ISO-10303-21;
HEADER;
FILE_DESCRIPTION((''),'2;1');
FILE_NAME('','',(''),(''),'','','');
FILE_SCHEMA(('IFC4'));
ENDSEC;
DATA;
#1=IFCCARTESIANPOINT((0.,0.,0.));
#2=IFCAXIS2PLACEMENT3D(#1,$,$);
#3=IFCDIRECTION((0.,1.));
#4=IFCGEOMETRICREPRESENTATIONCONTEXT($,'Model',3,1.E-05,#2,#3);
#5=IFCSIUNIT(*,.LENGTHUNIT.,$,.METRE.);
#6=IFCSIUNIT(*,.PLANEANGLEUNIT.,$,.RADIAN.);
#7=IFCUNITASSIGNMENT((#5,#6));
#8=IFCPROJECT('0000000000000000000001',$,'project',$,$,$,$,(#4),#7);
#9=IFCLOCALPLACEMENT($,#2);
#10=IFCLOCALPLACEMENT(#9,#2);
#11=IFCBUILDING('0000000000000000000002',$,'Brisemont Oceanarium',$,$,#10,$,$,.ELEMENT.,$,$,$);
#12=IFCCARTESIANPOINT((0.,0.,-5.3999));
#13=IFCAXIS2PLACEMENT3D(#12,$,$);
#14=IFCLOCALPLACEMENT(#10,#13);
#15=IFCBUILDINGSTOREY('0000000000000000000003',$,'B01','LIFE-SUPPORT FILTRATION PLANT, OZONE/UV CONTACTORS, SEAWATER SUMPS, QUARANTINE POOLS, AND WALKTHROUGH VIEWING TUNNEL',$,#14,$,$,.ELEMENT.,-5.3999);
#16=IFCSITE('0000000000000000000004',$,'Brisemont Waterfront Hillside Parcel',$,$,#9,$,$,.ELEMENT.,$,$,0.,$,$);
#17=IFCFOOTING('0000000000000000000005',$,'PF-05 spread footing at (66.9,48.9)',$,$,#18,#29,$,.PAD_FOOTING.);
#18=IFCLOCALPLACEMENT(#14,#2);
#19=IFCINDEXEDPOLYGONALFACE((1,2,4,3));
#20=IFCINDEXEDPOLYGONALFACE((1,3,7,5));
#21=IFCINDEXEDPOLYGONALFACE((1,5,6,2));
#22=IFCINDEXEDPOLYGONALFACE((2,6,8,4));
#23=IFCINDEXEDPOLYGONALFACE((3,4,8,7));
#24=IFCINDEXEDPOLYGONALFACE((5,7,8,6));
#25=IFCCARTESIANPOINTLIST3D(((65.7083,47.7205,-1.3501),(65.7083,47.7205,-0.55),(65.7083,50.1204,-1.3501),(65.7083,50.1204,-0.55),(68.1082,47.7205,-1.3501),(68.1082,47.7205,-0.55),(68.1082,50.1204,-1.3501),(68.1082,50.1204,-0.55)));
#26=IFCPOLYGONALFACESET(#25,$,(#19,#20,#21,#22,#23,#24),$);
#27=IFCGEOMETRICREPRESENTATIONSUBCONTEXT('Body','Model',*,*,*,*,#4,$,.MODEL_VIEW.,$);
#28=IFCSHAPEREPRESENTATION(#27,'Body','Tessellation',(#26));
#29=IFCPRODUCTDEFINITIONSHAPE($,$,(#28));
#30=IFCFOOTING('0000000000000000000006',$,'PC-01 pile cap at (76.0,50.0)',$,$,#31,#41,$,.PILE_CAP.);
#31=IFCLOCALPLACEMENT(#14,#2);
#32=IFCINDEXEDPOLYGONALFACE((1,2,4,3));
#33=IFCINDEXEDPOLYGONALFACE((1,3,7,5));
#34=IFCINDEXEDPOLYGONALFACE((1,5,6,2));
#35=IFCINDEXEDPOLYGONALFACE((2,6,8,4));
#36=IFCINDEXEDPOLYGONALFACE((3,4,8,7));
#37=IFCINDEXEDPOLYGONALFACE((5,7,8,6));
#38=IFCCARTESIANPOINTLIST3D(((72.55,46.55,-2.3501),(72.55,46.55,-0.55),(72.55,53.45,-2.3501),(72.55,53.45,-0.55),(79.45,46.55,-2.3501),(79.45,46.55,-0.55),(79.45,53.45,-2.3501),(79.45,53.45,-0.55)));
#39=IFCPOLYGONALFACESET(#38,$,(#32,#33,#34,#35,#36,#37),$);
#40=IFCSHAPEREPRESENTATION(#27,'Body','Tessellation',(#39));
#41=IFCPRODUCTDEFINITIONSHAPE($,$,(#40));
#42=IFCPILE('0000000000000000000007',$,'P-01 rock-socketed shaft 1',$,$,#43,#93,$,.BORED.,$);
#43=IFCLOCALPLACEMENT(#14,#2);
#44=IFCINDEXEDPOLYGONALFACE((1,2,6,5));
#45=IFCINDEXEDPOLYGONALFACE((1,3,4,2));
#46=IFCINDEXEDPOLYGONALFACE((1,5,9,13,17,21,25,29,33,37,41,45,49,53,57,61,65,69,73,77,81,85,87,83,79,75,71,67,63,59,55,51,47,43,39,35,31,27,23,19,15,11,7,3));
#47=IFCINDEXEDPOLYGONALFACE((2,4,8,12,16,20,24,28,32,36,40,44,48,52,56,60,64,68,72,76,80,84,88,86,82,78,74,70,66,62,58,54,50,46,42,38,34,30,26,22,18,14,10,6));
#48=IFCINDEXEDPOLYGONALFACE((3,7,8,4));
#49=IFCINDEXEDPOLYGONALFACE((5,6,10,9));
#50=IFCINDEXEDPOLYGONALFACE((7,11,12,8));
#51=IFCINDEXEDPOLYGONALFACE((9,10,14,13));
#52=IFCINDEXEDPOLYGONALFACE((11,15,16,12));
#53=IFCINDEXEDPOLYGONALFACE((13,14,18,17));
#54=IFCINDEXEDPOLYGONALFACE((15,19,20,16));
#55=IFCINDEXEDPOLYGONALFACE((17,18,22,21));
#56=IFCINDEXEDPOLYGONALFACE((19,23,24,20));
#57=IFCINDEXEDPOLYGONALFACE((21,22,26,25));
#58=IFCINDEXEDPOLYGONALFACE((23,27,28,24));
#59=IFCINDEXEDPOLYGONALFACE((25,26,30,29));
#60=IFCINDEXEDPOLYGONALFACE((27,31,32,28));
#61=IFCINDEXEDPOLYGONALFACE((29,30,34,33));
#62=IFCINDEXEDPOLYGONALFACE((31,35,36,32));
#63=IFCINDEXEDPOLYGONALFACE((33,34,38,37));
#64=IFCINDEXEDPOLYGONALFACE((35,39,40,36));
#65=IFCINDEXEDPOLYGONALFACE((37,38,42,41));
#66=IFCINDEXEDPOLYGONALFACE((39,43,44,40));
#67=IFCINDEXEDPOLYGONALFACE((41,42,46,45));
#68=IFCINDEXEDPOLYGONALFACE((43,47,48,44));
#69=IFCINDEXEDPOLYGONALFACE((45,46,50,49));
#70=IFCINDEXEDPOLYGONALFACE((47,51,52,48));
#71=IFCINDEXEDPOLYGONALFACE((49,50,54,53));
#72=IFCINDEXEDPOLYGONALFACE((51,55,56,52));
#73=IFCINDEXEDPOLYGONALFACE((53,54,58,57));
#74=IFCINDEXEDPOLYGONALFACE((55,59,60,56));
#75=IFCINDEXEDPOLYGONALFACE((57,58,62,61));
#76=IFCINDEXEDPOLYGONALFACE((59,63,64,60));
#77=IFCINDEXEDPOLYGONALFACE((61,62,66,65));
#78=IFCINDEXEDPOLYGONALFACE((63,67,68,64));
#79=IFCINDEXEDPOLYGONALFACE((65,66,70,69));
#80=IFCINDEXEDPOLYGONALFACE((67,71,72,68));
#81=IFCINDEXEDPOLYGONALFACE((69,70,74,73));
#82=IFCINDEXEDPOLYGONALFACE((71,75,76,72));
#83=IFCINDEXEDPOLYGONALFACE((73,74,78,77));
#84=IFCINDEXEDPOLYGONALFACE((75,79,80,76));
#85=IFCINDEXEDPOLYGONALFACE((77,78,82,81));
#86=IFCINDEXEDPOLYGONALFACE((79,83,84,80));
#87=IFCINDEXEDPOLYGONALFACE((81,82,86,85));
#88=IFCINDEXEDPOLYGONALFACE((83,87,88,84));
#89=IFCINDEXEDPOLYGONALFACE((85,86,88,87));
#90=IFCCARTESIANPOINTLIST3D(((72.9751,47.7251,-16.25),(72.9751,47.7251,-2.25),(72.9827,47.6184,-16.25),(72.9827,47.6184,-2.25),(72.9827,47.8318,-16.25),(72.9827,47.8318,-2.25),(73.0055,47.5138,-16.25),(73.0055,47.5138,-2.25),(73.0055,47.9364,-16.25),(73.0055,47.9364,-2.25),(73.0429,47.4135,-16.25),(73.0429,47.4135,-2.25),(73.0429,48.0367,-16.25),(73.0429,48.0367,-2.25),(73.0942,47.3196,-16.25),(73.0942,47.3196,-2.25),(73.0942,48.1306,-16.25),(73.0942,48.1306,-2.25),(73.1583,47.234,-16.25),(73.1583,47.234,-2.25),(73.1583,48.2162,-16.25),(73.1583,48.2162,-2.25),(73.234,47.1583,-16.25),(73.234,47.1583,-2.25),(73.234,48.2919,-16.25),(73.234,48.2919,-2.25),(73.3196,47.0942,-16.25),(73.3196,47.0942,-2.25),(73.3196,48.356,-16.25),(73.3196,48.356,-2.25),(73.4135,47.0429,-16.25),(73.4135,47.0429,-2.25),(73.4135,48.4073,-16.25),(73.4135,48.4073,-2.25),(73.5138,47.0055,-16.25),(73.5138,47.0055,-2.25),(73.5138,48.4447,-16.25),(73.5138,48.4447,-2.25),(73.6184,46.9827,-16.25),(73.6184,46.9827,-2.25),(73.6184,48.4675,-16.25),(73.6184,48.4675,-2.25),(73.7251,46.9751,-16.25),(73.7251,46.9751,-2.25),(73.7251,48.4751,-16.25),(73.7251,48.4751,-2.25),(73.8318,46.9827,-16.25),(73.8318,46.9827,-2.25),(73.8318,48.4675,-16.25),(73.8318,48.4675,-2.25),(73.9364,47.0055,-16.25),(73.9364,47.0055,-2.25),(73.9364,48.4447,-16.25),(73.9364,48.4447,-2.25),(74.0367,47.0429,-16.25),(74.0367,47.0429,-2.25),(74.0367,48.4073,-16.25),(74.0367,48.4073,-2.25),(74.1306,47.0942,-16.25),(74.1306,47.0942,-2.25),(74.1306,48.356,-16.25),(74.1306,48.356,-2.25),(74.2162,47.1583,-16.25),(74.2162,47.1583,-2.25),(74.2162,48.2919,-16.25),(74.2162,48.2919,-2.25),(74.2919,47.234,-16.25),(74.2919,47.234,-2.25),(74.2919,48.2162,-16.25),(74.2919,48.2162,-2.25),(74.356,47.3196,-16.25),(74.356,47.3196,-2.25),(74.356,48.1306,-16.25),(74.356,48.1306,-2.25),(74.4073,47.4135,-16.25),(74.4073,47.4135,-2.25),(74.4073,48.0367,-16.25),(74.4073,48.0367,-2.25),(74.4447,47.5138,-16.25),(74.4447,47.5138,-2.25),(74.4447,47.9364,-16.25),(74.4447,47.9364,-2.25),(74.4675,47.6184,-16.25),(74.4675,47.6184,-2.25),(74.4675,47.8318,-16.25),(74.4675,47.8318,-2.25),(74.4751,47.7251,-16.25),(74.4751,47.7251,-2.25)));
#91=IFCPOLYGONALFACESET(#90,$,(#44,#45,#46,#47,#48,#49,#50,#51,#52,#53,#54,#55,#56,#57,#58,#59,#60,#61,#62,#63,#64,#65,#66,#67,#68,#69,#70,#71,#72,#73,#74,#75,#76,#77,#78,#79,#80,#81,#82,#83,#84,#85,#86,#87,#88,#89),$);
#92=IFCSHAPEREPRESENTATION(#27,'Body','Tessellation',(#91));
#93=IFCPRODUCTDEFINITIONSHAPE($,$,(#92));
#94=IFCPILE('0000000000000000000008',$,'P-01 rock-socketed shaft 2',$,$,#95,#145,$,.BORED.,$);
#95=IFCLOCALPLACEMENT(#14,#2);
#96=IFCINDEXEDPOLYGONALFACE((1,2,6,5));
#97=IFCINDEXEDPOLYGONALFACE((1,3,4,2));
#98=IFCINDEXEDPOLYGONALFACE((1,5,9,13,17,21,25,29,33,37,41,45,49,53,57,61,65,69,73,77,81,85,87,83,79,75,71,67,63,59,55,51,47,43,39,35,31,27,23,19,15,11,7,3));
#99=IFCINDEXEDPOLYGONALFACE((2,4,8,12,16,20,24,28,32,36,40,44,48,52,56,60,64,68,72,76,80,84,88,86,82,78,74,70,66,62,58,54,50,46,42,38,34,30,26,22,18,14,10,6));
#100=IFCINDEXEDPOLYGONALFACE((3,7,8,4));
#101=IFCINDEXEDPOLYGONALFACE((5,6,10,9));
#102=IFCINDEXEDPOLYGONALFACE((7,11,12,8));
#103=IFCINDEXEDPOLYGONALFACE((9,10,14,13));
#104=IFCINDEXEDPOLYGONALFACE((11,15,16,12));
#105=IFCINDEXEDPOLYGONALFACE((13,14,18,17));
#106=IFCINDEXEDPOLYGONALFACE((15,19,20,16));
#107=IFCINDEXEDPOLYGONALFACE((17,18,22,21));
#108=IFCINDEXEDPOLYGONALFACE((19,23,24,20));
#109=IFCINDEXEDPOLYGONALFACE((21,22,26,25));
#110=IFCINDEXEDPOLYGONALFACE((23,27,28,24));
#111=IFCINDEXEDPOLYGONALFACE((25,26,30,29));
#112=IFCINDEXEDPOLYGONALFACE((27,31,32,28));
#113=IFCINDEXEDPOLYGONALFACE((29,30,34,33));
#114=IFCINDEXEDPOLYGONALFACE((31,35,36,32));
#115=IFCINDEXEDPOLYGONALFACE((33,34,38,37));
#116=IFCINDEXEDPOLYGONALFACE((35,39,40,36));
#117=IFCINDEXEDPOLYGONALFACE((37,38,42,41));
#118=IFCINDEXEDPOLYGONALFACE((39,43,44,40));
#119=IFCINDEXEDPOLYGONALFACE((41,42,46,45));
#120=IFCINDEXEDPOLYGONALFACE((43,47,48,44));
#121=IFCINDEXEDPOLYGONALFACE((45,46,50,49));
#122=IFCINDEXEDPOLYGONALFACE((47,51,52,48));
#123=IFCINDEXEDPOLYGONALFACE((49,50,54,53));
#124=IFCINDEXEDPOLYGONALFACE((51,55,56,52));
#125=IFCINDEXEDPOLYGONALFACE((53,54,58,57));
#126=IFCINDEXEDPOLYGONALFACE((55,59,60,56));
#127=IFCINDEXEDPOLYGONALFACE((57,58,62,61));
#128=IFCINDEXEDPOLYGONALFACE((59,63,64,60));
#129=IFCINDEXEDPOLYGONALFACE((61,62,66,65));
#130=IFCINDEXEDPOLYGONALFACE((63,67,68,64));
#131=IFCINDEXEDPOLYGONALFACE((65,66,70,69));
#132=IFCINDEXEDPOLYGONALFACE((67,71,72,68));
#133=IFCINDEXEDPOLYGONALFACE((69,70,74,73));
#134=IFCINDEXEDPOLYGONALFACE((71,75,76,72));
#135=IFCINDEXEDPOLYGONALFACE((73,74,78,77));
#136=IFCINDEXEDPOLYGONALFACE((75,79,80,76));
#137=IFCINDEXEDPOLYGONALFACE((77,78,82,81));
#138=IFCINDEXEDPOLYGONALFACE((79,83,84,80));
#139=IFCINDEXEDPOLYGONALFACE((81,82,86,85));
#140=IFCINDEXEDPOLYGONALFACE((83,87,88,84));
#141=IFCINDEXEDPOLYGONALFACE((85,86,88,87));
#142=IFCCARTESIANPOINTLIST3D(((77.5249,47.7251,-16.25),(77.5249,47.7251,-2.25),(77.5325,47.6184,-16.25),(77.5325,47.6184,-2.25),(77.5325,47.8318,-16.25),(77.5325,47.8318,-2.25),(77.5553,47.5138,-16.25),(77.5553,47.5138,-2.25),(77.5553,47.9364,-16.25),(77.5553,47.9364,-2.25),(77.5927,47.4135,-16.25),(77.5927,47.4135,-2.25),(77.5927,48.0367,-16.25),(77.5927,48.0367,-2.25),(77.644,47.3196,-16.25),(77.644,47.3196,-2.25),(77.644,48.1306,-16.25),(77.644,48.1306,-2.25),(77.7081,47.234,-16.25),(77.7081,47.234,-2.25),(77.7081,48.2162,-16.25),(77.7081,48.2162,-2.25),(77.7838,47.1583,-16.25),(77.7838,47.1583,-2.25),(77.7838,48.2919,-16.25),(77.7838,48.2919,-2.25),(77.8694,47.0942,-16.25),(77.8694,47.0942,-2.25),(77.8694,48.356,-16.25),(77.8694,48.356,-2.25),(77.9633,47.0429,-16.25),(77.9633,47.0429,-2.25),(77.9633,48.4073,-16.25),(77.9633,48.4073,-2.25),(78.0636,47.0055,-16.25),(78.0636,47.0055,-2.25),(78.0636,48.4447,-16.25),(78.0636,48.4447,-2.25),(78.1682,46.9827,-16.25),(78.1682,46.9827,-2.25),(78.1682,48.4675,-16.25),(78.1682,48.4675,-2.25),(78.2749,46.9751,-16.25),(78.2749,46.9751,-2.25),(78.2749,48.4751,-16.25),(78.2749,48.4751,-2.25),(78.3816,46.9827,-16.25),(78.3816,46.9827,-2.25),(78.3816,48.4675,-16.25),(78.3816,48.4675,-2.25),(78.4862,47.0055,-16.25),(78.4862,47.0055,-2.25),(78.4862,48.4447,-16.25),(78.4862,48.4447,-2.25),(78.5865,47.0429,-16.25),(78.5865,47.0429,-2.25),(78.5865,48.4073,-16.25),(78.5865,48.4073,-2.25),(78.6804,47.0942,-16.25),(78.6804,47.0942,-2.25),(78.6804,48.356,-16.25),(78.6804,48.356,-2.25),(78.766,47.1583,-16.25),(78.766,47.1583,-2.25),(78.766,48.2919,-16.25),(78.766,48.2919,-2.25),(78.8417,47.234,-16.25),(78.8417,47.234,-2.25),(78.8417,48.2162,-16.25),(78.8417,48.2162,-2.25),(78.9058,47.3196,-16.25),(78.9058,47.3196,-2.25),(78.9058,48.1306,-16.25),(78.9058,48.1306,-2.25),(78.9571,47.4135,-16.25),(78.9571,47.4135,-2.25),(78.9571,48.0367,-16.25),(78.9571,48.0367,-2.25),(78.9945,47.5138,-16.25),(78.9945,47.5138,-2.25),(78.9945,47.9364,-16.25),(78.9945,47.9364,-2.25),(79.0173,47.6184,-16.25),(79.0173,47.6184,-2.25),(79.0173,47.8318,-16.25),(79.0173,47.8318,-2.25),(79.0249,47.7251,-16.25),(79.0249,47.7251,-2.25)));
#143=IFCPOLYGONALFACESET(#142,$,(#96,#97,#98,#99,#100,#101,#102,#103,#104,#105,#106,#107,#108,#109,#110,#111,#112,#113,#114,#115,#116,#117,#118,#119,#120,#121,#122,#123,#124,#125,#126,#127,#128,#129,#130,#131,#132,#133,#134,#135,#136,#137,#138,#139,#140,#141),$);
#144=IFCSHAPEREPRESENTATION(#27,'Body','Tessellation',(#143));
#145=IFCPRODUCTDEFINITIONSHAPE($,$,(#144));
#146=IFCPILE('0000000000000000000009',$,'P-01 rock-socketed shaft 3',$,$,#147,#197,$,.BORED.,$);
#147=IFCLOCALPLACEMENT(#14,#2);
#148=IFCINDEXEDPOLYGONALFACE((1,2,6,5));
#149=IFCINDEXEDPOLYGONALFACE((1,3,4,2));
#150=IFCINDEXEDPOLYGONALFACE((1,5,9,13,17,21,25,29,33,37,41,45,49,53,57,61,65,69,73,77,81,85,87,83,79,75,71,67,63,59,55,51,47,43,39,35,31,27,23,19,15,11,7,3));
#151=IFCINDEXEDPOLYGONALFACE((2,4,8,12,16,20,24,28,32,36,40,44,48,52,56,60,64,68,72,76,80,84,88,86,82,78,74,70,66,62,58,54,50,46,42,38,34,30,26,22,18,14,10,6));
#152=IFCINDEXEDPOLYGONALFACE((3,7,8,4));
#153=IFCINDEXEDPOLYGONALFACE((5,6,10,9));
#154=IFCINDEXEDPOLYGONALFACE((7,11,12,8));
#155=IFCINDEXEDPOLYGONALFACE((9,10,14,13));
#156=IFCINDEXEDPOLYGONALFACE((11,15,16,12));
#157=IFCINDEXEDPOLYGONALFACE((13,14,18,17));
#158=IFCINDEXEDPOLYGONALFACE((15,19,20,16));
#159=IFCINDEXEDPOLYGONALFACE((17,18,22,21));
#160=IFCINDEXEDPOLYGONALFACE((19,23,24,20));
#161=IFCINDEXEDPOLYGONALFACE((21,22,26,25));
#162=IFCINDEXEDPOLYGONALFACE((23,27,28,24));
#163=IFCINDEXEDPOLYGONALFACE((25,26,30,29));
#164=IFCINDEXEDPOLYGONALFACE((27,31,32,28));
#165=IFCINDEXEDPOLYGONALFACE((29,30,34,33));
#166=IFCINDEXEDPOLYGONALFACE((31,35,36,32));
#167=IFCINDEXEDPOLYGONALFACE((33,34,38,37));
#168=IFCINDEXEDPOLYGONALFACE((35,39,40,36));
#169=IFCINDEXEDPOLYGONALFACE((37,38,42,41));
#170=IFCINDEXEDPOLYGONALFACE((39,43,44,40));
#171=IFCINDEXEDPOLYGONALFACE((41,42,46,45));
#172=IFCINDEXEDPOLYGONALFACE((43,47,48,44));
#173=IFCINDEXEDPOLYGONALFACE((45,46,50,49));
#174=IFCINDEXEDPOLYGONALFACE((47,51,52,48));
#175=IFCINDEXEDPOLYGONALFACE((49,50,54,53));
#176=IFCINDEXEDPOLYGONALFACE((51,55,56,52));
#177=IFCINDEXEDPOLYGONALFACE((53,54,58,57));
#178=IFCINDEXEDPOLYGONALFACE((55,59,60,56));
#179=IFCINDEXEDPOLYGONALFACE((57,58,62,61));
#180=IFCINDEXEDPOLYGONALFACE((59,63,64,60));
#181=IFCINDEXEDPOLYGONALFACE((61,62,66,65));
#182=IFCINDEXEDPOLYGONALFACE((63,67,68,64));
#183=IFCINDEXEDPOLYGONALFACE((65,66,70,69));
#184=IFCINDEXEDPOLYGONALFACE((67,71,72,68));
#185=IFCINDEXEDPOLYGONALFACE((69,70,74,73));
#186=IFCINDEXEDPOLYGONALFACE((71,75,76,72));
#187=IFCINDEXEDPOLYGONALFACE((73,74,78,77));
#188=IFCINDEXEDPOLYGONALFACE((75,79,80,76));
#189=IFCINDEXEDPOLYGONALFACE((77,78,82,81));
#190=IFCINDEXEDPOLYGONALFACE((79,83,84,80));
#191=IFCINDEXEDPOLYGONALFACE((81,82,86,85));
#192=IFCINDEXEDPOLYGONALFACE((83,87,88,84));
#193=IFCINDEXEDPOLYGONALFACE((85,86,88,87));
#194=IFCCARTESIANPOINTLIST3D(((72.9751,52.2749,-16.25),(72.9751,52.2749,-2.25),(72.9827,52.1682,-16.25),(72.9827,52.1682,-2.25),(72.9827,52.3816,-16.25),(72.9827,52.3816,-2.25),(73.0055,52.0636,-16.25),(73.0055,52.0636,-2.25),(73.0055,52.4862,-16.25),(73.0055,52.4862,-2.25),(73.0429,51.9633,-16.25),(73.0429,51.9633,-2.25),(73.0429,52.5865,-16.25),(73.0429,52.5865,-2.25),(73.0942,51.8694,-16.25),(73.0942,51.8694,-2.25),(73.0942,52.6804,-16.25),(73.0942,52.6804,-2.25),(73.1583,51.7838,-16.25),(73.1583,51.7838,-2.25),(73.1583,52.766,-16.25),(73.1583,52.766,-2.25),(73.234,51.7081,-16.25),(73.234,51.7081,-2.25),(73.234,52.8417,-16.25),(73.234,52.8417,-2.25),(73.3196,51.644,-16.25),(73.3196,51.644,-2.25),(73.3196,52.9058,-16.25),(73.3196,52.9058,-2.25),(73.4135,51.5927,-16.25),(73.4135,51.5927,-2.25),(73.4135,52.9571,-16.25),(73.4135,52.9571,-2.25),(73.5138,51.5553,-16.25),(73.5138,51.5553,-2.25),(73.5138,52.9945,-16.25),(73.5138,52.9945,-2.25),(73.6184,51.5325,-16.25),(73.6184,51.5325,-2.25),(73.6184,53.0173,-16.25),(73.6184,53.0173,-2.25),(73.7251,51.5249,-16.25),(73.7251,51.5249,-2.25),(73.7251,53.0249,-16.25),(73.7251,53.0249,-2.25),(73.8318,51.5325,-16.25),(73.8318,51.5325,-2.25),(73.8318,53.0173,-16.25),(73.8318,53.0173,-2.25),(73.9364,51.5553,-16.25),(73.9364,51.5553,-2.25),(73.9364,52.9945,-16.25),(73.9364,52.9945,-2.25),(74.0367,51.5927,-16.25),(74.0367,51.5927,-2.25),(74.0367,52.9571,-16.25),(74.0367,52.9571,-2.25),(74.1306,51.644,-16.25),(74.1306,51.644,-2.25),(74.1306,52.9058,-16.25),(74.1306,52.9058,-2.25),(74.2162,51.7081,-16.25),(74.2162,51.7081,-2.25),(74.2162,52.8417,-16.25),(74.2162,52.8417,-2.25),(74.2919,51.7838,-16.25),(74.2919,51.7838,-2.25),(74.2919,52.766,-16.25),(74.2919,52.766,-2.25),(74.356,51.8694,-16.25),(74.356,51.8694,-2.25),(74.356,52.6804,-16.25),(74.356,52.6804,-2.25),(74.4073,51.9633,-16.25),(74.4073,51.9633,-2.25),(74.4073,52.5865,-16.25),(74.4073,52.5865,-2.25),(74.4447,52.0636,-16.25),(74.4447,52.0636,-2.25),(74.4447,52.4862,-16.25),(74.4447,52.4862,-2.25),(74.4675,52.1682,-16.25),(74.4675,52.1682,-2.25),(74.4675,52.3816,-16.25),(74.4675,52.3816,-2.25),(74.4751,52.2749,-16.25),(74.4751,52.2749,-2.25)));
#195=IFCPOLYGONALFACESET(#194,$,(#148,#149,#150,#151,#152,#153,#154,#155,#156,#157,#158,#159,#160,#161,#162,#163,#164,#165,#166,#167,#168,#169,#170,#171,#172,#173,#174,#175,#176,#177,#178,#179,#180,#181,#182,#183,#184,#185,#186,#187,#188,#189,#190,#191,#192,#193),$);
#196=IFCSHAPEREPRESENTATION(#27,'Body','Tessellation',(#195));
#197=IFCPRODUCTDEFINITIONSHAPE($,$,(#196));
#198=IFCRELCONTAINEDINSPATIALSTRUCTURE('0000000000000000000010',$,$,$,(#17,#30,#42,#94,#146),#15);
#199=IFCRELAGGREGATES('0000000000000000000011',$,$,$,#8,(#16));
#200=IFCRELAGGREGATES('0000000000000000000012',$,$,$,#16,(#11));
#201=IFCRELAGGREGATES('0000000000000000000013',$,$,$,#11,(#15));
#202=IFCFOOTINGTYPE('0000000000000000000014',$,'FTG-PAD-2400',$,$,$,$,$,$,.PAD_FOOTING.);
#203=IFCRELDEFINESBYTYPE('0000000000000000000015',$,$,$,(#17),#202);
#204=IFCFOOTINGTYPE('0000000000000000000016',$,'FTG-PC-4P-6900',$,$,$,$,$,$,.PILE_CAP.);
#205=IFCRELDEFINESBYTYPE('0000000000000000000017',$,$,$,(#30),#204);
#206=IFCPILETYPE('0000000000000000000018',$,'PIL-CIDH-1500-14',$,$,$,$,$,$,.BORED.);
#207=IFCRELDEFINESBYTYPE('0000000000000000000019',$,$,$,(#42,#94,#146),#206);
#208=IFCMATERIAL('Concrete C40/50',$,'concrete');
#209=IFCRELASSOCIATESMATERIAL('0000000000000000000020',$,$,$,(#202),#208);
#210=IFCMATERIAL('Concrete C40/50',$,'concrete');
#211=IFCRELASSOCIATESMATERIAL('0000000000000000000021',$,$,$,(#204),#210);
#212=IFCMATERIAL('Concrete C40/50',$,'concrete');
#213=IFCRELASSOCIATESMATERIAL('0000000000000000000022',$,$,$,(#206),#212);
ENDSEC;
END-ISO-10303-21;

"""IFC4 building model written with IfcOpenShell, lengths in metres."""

from ifc_helpers import new_model, si_unit, direction, frame, origin, origin_2d, place, context, subcontext, project, spatial, rectangle, circle, extrude, material, material_profile, profile_set, type_object, element, save


model = new_model("IFC4")

# Units and contexts
model_context = context("Model", 3, precision=1e-05, world=origin(), true_north=direction((0.0, 1.0)))
body_context = subcontext(model_context, "Body", "Model", "MODEL_VIEW")
ifc_project = project(units=[si_unit("LENGTHUNIT", "METRE"), si_unit("PLANEANGLEUNIT", "RADIAN")], contexts=[model_context])

# Site, building, storey
site_placement = place(None, origin())
site = spatial("IfcSite", under=ifc_project, at=site_placement, Name="Brisemont Waterfront Hillside Parcel", CompositionType="ELEMENT", RefElevation=0.0)
building_placement = place(site_placement, origin())
building = spatial("IfcBuilding", under=site, at=building_placement, Name="Brisemont Oceanarium", CompositionType="ELEMENT")
storey_placement = place(building_placement, frame((0.0, 0.0, -5.3999)))
storey = spatial("IfcBuildingStorey", under=building, at=storey_placement, Name="B01", Description="LIFE-SUPPORT FILTRATION PLANT, OZONE/UV CONTACTORS, SEAWATER SUMPS, QUARANTINE POOLS, AND WALKTHROUGH VIEWING TUNNEL", CompositionType="ELEMENT", Elevation=-5.3999)

# Footings
ifc_material_1 = material(Name="Concrete C40/50", Category="concrete")
footing_type_1 = type_object("IfcFootingType", Name="FTG-PAD-2400", PredefinedType="PAD_FOOTING", material=ifc_material_1)
footing_1_placement = place(storey_placement, frame((66.9082, 48.9204, -1.3501), z_axis=(0.0, 0.0, 1.0), x_axis=(1.0, 0.0, 0.0)))
element("IfcFooting", 1, at=footing_1_placement, inside=storey, type_object=footing_type_1, Name="PF-05 spread footing at (66.9,48.9)", PredefinedType="PAD_FOOTING", context=body_context, shape_type="SweptSolid", body=[
    extrude(rectangle(XDim=2.3999, YDim=2.3999, at=origin_2d()), origin(), (0.0, 0.0, 1.0), 0.8),
])
ifc_material_2 = material(Name="Concrete C40/50", Category="concrete")
footing_type_2 = type_object("IfcFootingType", Name="FTG-PC-4P-6900", PredefinedType="PILE_CAP", material=ifc_material_2)
footing_2_placement = place(storey_placement, frame((76.0, 50.0, -2.3501), z_axis=(0.0, 0.0, 1.0), x_axis=(1.0, 0.0, 0.0)))
element("IfcFooting", 2, at=footing_2_placement, inside=storey, type_object=footing_type_2, Name="PC-01 pile cap at (76.0,50.0)", PredefinedType="PILE_CAP", context=body_context, shape_type="SweptSolid", body=[
    extrude(rectangle(XDim=6.8999, YDim=6.8999, at=origin_2d()), origin(), (0.0, 0.0, 1.0), 1.8),
])

# Piles
ifc_material_3 = material(Name="Concrete C40/50", Category="concrete")
ifc_material_profile_1 = material_profile(ifc_material_3, circle(Radius=0.75, at=origin_2d()), Name="CIDH-D1500")
ifc_profile_set_1 = profile_set([ifc_material_profile_1], Name="Concrete C40/50")
pile_type = type_object("IfcPileType", Name="PIL-CIDH-1500-14", PredefinedType="BORED", material=ifc_profile_set_1)
for number, where, z_axis, x_axis, name in (
    (3, (73.7251, 47.7251, -2.25), (0.0, 0.0, -1.0), (1.0, 0.0, 0.0), "P-01 rock-socketed shaft 1"),
    (4, (78.2749, 47.7251, -2.25), (0.0, 0.0, -1.0), (1.0, 0.0, 0.0), "P-01 rock-socketed shaft 2"),
    (5, (73.7251, 52.2749, -2.25), (0.0, 0.0, -1.0), (1.0, 0.0, 0.0), "P-01 rock-socketed shaft 3"),
):
    element("IfcPile", number, at=place(storey_placement, frame(where, z_axis=z_axis, x_axis=x_axis)), inside=storey, type_object=pile_type, Name=name, PredefinedType="BORED", context=body_context, shape_type="SweptSolid", body=[
        extrude(circle(Radius=0.75, at=origin_2d()), origin(), (0.0, 0.0, 1.0), 14.0),
    ])

save(model, "model.ifc")
